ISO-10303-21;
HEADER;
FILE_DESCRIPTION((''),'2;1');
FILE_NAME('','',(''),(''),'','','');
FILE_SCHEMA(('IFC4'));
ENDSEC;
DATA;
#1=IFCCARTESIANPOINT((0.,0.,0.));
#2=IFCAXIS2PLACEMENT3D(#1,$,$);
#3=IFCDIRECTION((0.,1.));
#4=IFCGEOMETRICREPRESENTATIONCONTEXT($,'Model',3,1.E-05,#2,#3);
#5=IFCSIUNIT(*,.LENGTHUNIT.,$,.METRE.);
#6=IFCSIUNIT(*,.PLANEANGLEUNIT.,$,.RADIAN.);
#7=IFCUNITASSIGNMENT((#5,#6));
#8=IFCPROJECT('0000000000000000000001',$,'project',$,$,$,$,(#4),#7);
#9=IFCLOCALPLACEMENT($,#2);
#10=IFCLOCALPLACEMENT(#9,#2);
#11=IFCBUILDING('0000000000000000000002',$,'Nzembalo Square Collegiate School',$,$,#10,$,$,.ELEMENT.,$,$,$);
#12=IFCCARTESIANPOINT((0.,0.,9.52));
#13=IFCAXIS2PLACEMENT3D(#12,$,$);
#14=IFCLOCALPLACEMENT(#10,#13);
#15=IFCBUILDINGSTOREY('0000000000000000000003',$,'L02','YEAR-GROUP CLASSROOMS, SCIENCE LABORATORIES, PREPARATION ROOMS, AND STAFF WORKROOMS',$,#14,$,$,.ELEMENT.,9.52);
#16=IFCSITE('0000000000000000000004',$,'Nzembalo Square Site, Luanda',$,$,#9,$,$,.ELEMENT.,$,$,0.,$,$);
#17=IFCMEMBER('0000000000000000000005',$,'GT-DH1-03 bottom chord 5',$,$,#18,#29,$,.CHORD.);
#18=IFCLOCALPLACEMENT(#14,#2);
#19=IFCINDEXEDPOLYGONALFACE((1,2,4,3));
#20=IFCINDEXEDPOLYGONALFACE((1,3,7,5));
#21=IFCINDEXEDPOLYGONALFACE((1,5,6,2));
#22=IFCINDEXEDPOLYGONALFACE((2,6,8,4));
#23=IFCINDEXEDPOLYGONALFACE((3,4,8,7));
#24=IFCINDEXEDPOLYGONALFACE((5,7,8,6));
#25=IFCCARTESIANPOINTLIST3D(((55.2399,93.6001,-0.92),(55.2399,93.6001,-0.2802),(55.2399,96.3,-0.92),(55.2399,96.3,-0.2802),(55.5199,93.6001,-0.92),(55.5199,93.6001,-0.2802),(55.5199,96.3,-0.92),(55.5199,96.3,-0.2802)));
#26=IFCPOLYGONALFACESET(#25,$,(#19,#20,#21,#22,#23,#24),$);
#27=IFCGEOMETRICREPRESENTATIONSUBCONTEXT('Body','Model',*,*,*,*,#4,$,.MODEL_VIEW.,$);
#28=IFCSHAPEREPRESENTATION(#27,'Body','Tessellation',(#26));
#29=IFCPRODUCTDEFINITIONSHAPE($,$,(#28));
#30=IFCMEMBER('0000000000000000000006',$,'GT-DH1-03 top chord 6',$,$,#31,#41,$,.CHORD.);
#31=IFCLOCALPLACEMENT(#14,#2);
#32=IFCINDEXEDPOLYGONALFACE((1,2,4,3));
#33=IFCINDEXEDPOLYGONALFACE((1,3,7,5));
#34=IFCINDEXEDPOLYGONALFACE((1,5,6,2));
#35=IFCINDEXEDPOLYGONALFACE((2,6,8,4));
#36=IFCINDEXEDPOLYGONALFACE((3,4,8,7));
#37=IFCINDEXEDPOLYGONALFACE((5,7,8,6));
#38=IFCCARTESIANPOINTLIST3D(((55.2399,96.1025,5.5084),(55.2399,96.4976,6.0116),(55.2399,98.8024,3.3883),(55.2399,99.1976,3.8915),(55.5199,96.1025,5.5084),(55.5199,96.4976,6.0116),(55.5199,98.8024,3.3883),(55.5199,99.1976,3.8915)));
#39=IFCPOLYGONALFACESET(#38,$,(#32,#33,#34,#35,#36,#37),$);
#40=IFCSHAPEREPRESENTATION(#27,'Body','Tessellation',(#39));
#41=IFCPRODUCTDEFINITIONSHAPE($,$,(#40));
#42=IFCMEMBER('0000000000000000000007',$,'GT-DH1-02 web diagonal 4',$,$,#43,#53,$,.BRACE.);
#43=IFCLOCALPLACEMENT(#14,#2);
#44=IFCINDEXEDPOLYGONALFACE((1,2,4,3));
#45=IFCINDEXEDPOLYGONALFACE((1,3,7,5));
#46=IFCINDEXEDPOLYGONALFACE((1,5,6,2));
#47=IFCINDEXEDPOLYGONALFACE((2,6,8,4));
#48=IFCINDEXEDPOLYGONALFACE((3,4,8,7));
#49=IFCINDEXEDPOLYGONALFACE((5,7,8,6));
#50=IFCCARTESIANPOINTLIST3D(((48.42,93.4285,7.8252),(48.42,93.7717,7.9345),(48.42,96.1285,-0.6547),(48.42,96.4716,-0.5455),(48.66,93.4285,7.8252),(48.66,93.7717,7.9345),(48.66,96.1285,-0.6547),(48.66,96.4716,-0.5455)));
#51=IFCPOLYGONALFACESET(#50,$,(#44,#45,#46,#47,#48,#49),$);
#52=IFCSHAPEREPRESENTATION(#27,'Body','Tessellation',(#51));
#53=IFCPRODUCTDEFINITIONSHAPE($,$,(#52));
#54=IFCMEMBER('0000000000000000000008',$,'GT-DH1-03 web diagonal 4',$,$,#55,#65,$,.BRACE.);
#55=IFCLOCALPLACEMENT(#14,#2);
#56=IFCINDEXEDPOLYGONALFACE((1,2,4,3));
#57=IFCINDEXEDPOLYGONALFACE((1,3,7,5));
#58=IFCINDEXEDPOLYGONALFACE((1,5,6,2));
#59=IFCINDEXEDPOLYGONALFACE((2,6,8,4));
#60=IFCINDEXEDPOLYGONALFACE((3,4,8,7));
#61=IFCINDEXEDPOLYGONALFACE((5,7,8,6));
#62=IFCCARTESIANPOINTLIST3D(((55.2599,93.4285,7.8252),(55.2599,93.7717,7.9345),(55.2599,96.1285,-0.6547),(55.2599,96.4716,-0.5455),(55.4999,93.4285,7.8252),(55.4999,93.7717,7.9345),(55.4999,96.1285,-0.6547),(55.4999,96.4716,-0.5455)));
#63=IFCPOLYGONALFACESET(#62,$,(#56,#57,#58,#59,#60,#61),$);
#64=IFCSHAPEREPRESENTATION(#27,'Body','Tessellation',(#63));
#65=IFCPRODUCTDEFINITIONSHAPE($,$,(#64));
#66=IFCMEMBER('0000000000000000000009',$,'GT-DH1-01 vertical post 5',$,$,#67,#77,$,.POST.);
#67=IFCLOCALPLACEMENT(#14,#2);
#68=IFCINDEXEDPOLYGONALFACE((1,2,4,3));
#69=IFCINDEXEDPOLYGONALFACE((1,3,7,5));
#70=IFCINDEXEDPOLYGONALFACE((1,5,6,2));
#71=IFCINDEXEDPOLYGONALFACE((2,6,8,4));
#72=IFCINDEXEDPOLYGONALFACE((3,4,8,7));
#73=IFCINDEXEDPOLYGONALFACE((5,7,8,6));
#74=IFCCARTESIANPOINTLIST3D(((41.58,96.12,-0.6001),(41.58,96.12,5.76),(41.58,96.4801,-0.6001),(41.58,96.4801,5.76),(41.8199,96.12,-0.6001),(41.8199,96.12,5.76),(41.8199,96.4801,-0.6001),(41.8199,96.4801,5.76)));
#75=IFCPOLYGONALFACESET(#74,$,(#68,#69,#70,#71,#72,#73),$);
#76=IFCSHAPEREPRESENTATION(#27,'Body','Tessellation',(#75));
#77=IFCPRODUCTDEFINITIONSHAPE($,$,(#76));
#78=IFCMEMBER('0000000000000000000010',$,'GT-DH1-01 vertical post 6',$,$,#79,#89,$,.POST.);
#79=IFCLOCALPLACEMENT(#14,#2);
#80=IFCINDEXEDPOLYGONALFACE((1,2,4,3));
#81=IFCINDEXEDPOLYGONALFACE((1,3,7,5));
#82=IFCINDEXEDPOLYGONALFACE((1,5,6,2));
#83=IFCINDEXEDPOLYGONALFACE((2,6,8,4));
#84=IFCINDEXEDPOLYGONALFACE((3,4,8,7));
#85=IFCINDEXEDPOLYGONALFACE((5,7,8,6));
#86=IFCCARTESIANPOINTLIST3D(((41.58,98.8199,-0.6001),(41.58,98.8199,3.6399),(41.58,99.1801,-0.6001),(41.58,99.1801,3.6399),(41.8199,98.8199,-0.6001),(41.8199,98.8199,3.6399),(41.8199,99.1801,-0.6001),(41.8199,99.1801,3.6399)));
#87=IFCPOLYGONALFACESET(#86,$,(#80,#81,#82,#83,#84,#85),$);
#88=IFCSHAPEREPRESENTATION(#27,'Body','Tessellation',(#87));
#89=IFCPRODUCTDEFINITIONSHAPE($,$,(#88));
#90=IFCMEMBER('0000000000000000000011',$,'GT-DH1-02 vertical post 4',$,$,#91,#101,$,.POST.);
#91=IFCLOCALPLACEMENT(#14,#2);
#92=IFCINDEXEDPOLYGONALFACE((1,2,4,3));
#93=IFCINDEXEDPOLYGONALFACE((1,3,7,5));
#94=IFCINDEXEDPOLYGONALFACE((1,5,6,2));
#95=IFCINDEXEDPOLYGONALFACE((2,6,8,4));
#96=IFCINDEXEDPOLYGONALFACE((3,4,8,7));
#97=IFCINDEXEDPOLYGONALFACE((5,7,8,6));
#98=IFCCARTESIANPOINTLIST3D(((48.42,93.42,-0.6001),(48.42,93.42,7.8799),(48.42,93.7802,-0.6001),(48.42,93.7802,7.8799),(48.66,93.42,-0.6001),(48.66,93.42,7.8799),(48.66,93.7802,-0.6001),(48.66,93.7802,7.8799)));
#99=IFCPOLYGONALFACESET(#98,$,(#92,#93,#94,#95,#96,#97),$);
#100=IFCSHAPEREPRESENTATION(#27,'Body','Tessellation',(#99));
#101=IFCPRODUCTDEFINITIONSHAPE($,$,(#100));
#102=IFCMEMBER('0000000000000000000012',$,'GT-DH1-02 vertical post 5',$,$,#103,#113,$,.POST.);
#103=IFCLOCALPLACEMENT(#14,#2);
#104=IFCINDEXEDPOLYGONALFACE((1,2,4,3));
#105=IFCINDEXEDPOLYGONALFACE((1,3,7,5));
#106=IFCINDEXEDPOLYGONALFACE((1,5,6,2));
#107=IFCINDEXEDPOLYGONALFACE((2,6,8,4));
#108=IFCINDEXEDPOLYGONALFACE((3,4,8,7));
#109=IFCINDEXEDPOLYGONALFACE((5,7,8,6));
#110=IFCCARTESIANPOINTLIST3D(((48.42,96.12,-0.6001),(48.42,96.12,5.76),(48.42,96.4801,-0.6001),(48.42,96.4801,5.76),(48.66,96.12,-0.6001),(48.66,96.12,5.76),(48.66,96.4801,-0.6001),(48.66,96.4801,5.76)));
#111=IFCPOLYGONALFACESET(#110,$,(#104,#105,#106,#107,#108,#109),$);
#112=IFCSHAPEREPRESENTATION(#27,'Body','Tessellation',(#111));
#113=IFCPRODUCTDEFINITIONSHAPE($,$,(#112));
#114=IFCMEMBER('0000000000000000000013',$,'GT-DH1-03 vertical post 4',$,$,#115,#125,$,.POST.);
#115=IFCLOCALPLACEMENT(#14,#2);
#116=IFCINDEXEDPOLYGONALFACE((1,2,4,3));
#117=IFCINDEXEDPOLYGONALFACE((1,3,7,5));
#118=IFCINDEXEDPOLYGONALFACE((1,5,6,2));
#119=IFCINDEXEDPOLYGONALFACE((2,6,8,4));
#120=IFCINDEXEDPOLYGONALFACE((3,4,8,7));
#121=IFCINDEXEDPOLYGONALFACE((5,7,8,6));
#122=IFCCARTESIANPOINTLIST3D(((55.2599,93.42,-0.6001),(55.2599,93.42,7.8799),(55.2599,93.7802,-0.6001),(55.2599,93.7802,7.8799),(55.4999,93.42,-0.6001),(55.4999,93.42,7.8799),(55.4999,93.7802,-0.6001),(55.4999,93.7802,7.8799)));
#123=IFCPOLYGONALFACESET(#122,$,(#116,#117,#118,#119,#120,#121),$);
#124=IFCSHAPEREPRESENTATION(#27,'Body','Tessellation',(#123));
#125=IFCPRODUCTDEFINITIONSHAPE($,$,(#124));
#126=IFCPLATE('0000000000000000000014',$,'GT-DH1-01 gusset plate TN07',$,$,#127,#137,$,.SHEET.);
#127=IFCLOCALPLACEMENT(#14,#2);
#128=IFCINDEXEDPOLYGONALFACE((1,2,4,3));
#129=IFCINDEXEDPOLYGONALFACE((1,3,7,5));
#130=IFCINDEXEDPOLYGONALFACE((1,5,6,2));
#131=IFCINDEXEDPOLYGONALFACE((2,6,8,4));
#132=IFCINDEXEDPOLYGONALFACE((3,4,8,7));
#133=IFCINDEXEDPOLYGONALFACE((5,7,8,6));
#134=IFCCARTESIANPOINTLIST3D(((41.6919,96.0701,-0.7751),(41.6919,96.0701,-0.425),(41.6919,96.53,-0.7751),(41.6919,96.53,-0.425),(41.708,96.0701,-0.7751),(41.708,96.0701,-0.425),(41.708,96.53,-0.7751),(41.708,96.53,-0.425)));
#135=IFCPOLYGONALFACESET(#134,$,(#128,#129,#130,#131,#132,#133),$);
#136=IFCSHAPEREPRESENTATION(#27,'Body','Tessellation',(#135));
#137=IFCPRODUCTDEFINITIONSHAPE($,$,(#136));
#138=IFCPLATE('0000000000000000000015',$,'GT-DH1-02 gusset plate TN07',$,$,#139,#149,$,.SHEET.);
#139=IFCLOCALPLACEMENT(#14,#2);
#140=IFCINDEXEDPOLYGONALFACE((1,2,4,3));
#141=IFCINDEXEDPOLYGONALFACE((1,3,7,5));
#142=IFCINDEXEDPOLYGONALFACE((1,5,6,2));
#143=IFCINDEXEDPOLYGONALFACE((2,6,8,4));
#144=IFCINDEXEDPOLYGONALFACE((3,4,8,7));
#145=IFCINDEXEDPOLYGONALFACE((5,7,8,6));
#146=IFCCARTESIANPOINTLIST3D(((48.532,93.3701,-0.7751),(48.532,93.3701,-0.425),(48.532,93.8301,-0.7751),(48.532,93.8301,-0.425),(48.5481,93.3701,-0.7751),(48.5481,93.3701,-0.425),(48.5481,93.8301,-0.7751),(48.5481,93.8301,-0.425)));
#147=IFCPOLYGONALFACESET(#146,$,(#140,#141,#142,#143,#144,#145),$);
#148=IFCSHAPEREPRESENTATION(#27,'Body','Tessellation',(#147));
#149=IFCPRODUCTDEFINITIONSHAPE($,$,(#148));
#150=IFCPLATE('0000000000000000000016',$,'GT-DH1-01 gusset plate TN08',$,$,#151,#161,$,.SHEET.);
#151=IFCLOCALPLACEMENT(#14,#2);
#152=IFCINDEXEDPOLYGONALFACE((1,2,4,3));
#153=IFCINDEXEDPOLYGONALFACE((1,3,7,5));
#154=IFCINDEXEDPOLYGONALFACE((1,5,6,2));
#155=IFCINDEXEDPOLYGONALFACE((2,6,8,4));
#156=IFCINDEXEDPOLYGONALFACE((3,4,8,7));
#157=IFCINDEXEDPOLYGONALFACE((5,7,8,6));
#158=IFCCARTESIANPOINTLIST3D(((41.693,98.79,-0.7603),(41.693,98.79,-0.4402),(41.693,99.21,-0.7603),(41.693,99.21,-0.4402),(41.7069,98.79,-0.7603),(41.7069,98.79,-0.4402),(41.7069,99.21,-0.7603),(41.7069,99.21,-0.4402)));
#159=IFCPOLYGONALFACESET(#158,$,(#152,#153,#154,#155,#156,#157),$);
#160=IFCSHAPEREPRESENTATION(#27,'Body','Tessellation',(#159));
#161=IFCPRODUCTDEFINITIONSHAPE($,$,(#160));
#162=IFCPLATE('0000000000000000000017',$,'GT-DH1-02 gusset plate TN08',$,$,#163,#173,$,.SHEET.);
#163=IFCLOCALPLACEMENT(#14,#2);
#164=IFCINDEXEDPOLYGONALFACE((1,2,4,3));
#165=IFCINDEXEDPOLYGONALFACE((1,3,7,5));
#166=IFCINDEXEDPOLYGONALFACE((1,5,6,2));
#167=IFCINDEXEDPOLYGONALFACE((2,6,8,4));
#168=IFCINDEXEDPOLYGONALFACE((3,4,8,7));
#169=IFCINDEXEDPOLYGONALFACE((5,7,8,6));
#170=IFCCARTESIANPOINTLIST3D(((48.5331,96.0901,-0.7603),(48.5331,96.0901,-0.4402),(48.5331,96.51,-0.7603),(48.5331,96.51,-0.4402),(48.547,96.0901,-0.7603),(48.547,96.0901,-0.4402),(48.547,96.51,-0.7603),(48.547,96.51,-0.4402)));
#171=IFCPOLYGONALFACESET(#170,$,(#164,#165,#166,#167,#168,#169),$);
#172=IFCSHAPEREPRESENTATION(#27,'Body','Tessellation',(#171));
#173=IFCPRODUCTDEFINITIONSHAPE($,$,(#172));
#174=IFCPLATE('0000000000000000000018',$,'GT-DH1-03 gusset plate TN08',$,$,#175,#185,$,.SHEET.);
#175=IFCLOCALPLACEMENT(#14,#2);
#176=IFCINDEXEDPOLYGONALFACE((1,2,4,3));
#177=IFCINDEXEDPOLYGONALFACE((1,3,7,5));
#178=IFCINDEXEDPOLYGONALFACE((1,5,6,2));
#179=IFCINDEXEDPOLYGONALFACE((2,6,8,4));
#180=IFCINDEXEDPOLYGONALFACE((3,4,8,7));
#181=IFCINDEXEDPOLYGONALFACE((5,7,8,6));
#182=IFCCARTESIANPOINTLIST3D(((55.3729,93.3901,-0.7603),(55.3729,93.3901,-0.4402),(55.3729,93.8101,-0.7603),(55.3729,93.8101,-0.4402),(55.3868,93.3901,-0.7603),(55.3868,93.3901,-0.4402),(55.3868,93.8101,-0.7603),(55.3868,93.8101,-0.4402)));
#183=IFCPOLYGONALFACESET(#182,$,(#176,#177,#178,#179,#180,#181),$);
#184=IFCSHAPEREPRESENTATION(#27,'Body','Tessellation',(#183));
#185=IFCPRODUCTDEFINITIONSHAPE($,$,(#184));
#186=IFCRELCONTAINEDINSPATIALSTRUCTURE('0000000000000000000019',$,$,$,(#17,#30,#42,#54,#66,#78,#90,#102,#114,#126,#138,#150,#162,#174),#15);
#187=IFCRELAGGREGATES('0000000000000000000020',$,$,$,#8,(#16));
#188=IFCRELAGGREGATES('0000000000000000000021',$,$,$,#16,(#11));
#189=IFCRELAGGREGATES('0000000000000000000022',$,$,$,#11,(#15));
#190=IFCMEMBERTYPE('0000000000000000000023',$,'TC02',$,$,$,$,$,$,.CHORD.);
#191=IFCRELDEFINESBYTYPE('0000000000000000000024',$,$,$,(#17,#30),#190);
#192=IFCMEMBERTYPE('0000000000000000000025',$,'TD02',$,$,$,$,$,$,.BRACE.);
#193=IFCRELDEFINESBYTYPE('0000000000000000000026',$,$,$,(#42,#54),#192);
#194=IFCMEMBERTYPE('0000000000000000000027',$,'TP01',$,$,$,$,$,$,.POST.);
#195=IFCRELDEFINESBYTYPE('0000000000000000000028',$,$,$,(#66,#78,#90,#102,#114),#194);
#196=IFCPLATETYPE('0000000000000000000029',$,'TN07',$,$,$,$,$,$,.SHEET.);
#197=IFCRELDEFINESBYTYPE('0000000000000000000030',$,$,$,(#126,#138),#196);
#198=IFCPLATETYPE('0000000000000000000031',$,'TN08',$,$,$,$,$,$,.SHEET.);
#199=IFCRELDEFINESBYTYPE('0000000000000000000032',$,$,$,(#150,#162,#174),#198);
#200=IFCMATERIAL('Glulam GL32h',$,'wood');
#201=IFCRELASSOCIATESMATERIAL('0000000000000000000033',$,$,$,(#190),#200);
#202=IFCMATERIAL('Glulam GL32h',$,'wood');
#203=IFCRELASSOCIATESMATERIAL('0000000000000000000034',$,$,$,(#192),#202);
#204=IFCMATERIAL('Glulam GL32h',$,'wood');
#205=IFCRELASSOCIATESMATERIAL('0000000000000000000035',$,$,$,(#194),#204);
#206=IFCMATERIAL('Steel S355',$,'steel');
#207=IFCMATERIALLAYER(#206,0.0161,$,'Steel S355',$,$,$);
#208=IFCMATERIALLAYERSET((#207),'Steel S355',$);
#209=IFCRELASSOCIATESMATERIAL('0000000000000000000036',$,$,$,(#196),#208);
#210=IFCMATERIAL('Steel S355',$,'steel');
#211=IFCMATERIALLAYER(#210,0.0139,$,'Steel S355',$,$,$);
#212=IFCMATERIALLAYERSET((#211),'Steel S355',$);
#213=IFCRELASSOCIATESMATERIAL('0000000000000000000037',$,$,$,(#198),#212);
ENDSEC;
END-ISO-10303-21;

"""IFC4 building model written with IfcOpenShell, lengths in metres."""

from ifc_helpers import new_model, si_unit, direction, frame, origin, origin_2d, place, context, subcontext, project, spatial, rectangle, extrude, material, layer, layer_set, material_profile, profile_set, type_object, element, save


model = new_model("IFC4")

# Units and contexts
model_context = context("Model", 3, precision=1e-05, world=origin(), true_north=direction((0.0, 1.0)))
body_context = subcontext(model_context, "Body", "Model", "MODEL_VIEW")
ifc_project = project(units=[si_unit("LENGTHUNIT", "METRE"), si_unit("PLANEANGLEUNIT", "RADIAN")], contexts=[model_context])

# Site, building, storey
site_placement = place(None, origin())
site = spatial("IfcSite", under=ifc_project, at=site_placement, Name="Nzembalo Square Site, Luanda", CompositionType="ELEMENT", RefElevation=0.0)
building_placement = place(site_placement, origin())
building = spatial("IfcBuilding", under=site, at=building_placement, Name="Nzembalo Square Collegiate School", CompositionType="ELEMENT")
storey_placement = place(building_placement, frame((0.0, 0.0, 9.52)))
storey = spatial("IfcBuildingStorey", under=building, at=storey_placement, Name="L02", Description="YEAR-GROUP CLASSROOMS, SCIENCE LABORATORIES, PREPARATION ROOMS, AND STAFF WORKROOMS", CompositionType="ELEMENT", Elevation=9.52)

# Members
ifc_material_1 = material(Name="Glulam GL32h", Category="wood")
ifc_material_profile_1 = material_profile(ifc_material_1, rectangle(XDim=0.28, YDim=0.6399, at=origin_2d()), Name="GL32h 280x640")
ifc_profile_set_1 = profile_set([ifc_material_profile_1], Name="Glulam GL32h")
member_type_1 = type_object("IfcMemberType", Name="TC02", PredefinedType="CHORD", material=ifc_profile_set_1)
member_1_placement = place(storey_placement, frame((55.3799, 93.6001, -0.6001), z_axis=(0.0, 1.0, 0.0), x_axis=(-1.0, 0.0, 0.0)))
element("IfcMember", 1, at=member_1_placement, inside=storey, type_object=member_type_1, Name="GT-DH1-03 bottom chord 5", PredefinedType="CHORD", context=body_context, shape_type="SweptSolid", body=[
    extrude(rectangle(XDim=0.28, YDim=0.6399, at=origin_2d()), origin(), (0.0, 0.0, 1.0), 2.7),
])
member_2_placement = place(storey_placement, frame((55.3799, 96.3, 5.76), z_axis=(0.0, 0.786498, -0.617592), x_axis=(-1.0, 0.0, 0.0)))
element("IfcMember", 2, at=member_2_placement, inside=storey, type_object=member_type_1, Name="GT-DH1-03 top chord 6", PredefinedType="CHORD", context=body_context, shape_type="SweptSolid", body=[
    extrude(rectangle(XDim=0.28, YDim=0.6399, at=origin_2d()), origin(), (0.0, 0.0, 1.0), 3.4329),
])
ifc_material_2 = material(Name="Glulam GL32h", Category="wood")
ifc_material_profile_2 = material_profile(ifc_material_2, rectangle(XDim=0.24, YDim=0.3601, at=origin_2d()), Name="GL32h 240x360")
ifc_profile_set_2 = profile_set([ifc_material_profile_2], Name="Glulam GL32h")
member_type_2 = type_object("IfcMemberType", Name="TD02", PredefinedType="BRACE", material=ifc_profile_set_2)
for number, where, z_axis, x_axis, name in (
    (3, (48.54, 96.3, -0.6001), (0.0, -0.303385, 0.952868), (1.0, 0.0, 0.0), "GT-DH1-02 web diagonal 4"),
    (4, (55.3799, 96.3, -0.6001), (0.0, -0.303385, 0.952868), (1.0, 0.0, 0.0), "GT-DH1-03 web diagonal 4"),
):
    element("IfcMember", number, at=place(storey_placement, frame(where, z_axis=z_axis, x_axis=x_axis)), inside=storey, type_object=member_type_2, Name=name, PredefinedType="BRACE", context=body_context, shape_type="SweptSolid", body=[
        extrude(rectangle(XDim=0.24, YDim=0.3601, at=origin_2d()), origin(), (0.0, 0.0, 1.0), 8.8994),
    ])
ifc_material_3 = material(Name="Glulam GL32h", Category="wood")
ifc_material_profile_3 = material_profile(ifc_material_3, rectangle(XDim=0.24, YDim=0.3601, at=origin_2d()), Name="GL32h 240x360")
ifc_profile_set_3 = profile_set([ifc_material_profile_3], Name="Glulam GL32h")
member_type_3 = type_object("IfcMemberType", Name="TP01", PredefinedType="POST", material=ifc_profile_set_3)
member_3_placement = place(storey_placement, frame((41.7, 96.3, -0.6001), z_axis=(0.0, 0.0, 1.0), x_axis=(1.0, 0.0, 0.0)))
element("IfcMember", 5, at=member_3_placement, inside=storey, type_object=member_type_3, Name="GT-DH1-01 vertical post 5", PredefinedType="POST", context=body_context, shape_type="SweptSolid", body=[
    extrude(rectangle(XDim=0.24, YDim=0.3601, at=origin_2d()), origin(), (0.0, 0.0, 1.0), 6.3601),
])
member_4_placement = place(storey_placement, frame((41.7, 99.0, -0.6001), z_axis=(0.0, 0.0, 1.0), x_axis=(1.0, 0.0, 0.0)))
element("IfcMember", 6, at=member_4_placement, inside=storey, type_object=member_type_3, Name="GT-DH1-01 vertical post 6", PredefinedType="POST", context=body_context, shape_type="SweptSolid", body=[
    extrude(rectangle(XDim=0.24, YDim=0.3601, at=origin_2d()), origin(), (0.0, 0.0, 1.0), 4.24),
])
member_5_placement = place(storey_placement, frame((48.54, 93.6001, -0.6001), z_axis=(0.0, 0.0, 1.0), x_axis=(1.0, 0.0, 0.0)))
element("IfcMember", 7, at=member_5_placement, inside=storey, type_object=member_type_3, Name="GT-DH1-02 vertical post 4", PredefinedType="POST", context=body_context, shape_type="SweptSolid", body=[
    extrude(rectangle(XDim=0.24, YDim=0.3601, at=origin_2d()), origin(), (0.0, 0.0, 1.0), 8.48),
])
member_6_placement = place(storey_placement, frame((48.54, 96.3, -0.6001), z_axis=(0.0, 0.0, 1.0), x_axis=(1.0, 0.0, 0.0)))
element("IfcMember", 8, at=member_6_placement, inside=storey, type_object=member_type_3, Name="GT-DH1-02 vertical post 5", PredefinedType="POST", context=body_context, shape_type="SweptSolid", body=[
    extrude(rectangle(XDim=0.24, YDim=0.3601, at=origin_2d()), origin(), (0.0, 0.0, 1.0), 6.3601),
])
member_7_placement = place(storey_placement, frame((55.3799, 93.6001, -0.6001), z_axis=(0.0, 0.0, 1.0), x_axis=(1.0, 0.0, 0.0)))
element("IfcMember", 9, at=member_7_placement, inside=storey, type_object=member_type_3, Name="GT-DH1-03 vertical post 4", PredefinedType="POST", context=body_context, shape_type="SweptSolid", body=[
    extrude(rectangle(XDim=0.24, YDim=0.3601, at=origin_2d()), origin(), (0.0, 0.0, 1.0), 8.48),
])

# Plates
ifc_material_4 = material(Name="Steel S355", Category="steel")
ifc_layer_1 = layer(ifc_material_4, 0.0161, Name="Steel S355")
ifc_layer_set_1 = layer_set([ifc_layer_1], Name="Steel S355")
plate_type_1 = type_object("IfcPlateType", Name="TN07", PredefinedType="SHEET", material=ifc_layer_set_1)
for number, where, z_axis, x_axis, name in (
    (10, (41.7, 96.3, -0.7751), (0.0, 0.0, 1.0), (0.0, 1.0, 0.0), "GT-DH1-01 gusset plate TN07"),
    (11, (48.54, 93.6001, -0.7751), (0.0, 0.0, 1.0), (0.0, 1.0, 0.0), "GT-DH1-02 gusset plate TN07"),
):
    element("IfcPlate", number, at=place(storey_placement, frame(where, z_axis=z_axis, x_axis=x_axis)), inside=storey, type_object=plate_type_1, Name=name, PredefinedType="SHEET", context=body_context, shape_type="SweptSolid", body=[
        extrude(rectangle(XDim=0.46, YDim=0.0161, at=origin_2d()), origin(), (0.0, 0.0, 1.0), 0.3501),
    ])
ifc_material_5 = material(Name="Steel S355", Category="steel")
ifc_layer_2 = layer(ifc_material_5, 0.0139, Name="Steel S355")
ifc_layer_set_2 = layer_set([ifc_layer_2], Name="Steel S355")
plate_type_2 = type_object("IfcPlateType", Name="TN08", PredefinedType="SHEET", material=ifc_layer_set_2)
for number, where, z_axis, x_axis, name in (
    (12, (41.7, 99.0, -0.7603), (0.0, 0.0, 1.0), (0.0, 1.0, 0.0), "GT-DH1-01 gusset plate TN08"),
    (13, (48.54, 96.3, -0.7603), (0.0, 0.0, 1.0), (0.0, 1.0, 0.0), "GT-DH1-02 gusset plate TN08"),
    (14, (55.3799, 93.6001, -0.7603), (0.0, 0.0, 1.0), (0.0, 1.0, 0.0), "GT-DH1-03 gusset plate TN08"),
):
    element("IfcPlate", number, at=place(storey_placement, frame(where, z_axis=z_axis, x_axis=x_axis)), inside=storey, type_object=plate_type_2, Name=name, PredefinedType="SHEET", context=body_context, shape_type="SweptSolid", body=[
        extrude(rectangle(XDim=0.4199, YDim=0.0139, at=origin_2d()), origin(), (0.0, 0.0, 1.0), 0.3201),
    ])

save(model, "model.ifc")
